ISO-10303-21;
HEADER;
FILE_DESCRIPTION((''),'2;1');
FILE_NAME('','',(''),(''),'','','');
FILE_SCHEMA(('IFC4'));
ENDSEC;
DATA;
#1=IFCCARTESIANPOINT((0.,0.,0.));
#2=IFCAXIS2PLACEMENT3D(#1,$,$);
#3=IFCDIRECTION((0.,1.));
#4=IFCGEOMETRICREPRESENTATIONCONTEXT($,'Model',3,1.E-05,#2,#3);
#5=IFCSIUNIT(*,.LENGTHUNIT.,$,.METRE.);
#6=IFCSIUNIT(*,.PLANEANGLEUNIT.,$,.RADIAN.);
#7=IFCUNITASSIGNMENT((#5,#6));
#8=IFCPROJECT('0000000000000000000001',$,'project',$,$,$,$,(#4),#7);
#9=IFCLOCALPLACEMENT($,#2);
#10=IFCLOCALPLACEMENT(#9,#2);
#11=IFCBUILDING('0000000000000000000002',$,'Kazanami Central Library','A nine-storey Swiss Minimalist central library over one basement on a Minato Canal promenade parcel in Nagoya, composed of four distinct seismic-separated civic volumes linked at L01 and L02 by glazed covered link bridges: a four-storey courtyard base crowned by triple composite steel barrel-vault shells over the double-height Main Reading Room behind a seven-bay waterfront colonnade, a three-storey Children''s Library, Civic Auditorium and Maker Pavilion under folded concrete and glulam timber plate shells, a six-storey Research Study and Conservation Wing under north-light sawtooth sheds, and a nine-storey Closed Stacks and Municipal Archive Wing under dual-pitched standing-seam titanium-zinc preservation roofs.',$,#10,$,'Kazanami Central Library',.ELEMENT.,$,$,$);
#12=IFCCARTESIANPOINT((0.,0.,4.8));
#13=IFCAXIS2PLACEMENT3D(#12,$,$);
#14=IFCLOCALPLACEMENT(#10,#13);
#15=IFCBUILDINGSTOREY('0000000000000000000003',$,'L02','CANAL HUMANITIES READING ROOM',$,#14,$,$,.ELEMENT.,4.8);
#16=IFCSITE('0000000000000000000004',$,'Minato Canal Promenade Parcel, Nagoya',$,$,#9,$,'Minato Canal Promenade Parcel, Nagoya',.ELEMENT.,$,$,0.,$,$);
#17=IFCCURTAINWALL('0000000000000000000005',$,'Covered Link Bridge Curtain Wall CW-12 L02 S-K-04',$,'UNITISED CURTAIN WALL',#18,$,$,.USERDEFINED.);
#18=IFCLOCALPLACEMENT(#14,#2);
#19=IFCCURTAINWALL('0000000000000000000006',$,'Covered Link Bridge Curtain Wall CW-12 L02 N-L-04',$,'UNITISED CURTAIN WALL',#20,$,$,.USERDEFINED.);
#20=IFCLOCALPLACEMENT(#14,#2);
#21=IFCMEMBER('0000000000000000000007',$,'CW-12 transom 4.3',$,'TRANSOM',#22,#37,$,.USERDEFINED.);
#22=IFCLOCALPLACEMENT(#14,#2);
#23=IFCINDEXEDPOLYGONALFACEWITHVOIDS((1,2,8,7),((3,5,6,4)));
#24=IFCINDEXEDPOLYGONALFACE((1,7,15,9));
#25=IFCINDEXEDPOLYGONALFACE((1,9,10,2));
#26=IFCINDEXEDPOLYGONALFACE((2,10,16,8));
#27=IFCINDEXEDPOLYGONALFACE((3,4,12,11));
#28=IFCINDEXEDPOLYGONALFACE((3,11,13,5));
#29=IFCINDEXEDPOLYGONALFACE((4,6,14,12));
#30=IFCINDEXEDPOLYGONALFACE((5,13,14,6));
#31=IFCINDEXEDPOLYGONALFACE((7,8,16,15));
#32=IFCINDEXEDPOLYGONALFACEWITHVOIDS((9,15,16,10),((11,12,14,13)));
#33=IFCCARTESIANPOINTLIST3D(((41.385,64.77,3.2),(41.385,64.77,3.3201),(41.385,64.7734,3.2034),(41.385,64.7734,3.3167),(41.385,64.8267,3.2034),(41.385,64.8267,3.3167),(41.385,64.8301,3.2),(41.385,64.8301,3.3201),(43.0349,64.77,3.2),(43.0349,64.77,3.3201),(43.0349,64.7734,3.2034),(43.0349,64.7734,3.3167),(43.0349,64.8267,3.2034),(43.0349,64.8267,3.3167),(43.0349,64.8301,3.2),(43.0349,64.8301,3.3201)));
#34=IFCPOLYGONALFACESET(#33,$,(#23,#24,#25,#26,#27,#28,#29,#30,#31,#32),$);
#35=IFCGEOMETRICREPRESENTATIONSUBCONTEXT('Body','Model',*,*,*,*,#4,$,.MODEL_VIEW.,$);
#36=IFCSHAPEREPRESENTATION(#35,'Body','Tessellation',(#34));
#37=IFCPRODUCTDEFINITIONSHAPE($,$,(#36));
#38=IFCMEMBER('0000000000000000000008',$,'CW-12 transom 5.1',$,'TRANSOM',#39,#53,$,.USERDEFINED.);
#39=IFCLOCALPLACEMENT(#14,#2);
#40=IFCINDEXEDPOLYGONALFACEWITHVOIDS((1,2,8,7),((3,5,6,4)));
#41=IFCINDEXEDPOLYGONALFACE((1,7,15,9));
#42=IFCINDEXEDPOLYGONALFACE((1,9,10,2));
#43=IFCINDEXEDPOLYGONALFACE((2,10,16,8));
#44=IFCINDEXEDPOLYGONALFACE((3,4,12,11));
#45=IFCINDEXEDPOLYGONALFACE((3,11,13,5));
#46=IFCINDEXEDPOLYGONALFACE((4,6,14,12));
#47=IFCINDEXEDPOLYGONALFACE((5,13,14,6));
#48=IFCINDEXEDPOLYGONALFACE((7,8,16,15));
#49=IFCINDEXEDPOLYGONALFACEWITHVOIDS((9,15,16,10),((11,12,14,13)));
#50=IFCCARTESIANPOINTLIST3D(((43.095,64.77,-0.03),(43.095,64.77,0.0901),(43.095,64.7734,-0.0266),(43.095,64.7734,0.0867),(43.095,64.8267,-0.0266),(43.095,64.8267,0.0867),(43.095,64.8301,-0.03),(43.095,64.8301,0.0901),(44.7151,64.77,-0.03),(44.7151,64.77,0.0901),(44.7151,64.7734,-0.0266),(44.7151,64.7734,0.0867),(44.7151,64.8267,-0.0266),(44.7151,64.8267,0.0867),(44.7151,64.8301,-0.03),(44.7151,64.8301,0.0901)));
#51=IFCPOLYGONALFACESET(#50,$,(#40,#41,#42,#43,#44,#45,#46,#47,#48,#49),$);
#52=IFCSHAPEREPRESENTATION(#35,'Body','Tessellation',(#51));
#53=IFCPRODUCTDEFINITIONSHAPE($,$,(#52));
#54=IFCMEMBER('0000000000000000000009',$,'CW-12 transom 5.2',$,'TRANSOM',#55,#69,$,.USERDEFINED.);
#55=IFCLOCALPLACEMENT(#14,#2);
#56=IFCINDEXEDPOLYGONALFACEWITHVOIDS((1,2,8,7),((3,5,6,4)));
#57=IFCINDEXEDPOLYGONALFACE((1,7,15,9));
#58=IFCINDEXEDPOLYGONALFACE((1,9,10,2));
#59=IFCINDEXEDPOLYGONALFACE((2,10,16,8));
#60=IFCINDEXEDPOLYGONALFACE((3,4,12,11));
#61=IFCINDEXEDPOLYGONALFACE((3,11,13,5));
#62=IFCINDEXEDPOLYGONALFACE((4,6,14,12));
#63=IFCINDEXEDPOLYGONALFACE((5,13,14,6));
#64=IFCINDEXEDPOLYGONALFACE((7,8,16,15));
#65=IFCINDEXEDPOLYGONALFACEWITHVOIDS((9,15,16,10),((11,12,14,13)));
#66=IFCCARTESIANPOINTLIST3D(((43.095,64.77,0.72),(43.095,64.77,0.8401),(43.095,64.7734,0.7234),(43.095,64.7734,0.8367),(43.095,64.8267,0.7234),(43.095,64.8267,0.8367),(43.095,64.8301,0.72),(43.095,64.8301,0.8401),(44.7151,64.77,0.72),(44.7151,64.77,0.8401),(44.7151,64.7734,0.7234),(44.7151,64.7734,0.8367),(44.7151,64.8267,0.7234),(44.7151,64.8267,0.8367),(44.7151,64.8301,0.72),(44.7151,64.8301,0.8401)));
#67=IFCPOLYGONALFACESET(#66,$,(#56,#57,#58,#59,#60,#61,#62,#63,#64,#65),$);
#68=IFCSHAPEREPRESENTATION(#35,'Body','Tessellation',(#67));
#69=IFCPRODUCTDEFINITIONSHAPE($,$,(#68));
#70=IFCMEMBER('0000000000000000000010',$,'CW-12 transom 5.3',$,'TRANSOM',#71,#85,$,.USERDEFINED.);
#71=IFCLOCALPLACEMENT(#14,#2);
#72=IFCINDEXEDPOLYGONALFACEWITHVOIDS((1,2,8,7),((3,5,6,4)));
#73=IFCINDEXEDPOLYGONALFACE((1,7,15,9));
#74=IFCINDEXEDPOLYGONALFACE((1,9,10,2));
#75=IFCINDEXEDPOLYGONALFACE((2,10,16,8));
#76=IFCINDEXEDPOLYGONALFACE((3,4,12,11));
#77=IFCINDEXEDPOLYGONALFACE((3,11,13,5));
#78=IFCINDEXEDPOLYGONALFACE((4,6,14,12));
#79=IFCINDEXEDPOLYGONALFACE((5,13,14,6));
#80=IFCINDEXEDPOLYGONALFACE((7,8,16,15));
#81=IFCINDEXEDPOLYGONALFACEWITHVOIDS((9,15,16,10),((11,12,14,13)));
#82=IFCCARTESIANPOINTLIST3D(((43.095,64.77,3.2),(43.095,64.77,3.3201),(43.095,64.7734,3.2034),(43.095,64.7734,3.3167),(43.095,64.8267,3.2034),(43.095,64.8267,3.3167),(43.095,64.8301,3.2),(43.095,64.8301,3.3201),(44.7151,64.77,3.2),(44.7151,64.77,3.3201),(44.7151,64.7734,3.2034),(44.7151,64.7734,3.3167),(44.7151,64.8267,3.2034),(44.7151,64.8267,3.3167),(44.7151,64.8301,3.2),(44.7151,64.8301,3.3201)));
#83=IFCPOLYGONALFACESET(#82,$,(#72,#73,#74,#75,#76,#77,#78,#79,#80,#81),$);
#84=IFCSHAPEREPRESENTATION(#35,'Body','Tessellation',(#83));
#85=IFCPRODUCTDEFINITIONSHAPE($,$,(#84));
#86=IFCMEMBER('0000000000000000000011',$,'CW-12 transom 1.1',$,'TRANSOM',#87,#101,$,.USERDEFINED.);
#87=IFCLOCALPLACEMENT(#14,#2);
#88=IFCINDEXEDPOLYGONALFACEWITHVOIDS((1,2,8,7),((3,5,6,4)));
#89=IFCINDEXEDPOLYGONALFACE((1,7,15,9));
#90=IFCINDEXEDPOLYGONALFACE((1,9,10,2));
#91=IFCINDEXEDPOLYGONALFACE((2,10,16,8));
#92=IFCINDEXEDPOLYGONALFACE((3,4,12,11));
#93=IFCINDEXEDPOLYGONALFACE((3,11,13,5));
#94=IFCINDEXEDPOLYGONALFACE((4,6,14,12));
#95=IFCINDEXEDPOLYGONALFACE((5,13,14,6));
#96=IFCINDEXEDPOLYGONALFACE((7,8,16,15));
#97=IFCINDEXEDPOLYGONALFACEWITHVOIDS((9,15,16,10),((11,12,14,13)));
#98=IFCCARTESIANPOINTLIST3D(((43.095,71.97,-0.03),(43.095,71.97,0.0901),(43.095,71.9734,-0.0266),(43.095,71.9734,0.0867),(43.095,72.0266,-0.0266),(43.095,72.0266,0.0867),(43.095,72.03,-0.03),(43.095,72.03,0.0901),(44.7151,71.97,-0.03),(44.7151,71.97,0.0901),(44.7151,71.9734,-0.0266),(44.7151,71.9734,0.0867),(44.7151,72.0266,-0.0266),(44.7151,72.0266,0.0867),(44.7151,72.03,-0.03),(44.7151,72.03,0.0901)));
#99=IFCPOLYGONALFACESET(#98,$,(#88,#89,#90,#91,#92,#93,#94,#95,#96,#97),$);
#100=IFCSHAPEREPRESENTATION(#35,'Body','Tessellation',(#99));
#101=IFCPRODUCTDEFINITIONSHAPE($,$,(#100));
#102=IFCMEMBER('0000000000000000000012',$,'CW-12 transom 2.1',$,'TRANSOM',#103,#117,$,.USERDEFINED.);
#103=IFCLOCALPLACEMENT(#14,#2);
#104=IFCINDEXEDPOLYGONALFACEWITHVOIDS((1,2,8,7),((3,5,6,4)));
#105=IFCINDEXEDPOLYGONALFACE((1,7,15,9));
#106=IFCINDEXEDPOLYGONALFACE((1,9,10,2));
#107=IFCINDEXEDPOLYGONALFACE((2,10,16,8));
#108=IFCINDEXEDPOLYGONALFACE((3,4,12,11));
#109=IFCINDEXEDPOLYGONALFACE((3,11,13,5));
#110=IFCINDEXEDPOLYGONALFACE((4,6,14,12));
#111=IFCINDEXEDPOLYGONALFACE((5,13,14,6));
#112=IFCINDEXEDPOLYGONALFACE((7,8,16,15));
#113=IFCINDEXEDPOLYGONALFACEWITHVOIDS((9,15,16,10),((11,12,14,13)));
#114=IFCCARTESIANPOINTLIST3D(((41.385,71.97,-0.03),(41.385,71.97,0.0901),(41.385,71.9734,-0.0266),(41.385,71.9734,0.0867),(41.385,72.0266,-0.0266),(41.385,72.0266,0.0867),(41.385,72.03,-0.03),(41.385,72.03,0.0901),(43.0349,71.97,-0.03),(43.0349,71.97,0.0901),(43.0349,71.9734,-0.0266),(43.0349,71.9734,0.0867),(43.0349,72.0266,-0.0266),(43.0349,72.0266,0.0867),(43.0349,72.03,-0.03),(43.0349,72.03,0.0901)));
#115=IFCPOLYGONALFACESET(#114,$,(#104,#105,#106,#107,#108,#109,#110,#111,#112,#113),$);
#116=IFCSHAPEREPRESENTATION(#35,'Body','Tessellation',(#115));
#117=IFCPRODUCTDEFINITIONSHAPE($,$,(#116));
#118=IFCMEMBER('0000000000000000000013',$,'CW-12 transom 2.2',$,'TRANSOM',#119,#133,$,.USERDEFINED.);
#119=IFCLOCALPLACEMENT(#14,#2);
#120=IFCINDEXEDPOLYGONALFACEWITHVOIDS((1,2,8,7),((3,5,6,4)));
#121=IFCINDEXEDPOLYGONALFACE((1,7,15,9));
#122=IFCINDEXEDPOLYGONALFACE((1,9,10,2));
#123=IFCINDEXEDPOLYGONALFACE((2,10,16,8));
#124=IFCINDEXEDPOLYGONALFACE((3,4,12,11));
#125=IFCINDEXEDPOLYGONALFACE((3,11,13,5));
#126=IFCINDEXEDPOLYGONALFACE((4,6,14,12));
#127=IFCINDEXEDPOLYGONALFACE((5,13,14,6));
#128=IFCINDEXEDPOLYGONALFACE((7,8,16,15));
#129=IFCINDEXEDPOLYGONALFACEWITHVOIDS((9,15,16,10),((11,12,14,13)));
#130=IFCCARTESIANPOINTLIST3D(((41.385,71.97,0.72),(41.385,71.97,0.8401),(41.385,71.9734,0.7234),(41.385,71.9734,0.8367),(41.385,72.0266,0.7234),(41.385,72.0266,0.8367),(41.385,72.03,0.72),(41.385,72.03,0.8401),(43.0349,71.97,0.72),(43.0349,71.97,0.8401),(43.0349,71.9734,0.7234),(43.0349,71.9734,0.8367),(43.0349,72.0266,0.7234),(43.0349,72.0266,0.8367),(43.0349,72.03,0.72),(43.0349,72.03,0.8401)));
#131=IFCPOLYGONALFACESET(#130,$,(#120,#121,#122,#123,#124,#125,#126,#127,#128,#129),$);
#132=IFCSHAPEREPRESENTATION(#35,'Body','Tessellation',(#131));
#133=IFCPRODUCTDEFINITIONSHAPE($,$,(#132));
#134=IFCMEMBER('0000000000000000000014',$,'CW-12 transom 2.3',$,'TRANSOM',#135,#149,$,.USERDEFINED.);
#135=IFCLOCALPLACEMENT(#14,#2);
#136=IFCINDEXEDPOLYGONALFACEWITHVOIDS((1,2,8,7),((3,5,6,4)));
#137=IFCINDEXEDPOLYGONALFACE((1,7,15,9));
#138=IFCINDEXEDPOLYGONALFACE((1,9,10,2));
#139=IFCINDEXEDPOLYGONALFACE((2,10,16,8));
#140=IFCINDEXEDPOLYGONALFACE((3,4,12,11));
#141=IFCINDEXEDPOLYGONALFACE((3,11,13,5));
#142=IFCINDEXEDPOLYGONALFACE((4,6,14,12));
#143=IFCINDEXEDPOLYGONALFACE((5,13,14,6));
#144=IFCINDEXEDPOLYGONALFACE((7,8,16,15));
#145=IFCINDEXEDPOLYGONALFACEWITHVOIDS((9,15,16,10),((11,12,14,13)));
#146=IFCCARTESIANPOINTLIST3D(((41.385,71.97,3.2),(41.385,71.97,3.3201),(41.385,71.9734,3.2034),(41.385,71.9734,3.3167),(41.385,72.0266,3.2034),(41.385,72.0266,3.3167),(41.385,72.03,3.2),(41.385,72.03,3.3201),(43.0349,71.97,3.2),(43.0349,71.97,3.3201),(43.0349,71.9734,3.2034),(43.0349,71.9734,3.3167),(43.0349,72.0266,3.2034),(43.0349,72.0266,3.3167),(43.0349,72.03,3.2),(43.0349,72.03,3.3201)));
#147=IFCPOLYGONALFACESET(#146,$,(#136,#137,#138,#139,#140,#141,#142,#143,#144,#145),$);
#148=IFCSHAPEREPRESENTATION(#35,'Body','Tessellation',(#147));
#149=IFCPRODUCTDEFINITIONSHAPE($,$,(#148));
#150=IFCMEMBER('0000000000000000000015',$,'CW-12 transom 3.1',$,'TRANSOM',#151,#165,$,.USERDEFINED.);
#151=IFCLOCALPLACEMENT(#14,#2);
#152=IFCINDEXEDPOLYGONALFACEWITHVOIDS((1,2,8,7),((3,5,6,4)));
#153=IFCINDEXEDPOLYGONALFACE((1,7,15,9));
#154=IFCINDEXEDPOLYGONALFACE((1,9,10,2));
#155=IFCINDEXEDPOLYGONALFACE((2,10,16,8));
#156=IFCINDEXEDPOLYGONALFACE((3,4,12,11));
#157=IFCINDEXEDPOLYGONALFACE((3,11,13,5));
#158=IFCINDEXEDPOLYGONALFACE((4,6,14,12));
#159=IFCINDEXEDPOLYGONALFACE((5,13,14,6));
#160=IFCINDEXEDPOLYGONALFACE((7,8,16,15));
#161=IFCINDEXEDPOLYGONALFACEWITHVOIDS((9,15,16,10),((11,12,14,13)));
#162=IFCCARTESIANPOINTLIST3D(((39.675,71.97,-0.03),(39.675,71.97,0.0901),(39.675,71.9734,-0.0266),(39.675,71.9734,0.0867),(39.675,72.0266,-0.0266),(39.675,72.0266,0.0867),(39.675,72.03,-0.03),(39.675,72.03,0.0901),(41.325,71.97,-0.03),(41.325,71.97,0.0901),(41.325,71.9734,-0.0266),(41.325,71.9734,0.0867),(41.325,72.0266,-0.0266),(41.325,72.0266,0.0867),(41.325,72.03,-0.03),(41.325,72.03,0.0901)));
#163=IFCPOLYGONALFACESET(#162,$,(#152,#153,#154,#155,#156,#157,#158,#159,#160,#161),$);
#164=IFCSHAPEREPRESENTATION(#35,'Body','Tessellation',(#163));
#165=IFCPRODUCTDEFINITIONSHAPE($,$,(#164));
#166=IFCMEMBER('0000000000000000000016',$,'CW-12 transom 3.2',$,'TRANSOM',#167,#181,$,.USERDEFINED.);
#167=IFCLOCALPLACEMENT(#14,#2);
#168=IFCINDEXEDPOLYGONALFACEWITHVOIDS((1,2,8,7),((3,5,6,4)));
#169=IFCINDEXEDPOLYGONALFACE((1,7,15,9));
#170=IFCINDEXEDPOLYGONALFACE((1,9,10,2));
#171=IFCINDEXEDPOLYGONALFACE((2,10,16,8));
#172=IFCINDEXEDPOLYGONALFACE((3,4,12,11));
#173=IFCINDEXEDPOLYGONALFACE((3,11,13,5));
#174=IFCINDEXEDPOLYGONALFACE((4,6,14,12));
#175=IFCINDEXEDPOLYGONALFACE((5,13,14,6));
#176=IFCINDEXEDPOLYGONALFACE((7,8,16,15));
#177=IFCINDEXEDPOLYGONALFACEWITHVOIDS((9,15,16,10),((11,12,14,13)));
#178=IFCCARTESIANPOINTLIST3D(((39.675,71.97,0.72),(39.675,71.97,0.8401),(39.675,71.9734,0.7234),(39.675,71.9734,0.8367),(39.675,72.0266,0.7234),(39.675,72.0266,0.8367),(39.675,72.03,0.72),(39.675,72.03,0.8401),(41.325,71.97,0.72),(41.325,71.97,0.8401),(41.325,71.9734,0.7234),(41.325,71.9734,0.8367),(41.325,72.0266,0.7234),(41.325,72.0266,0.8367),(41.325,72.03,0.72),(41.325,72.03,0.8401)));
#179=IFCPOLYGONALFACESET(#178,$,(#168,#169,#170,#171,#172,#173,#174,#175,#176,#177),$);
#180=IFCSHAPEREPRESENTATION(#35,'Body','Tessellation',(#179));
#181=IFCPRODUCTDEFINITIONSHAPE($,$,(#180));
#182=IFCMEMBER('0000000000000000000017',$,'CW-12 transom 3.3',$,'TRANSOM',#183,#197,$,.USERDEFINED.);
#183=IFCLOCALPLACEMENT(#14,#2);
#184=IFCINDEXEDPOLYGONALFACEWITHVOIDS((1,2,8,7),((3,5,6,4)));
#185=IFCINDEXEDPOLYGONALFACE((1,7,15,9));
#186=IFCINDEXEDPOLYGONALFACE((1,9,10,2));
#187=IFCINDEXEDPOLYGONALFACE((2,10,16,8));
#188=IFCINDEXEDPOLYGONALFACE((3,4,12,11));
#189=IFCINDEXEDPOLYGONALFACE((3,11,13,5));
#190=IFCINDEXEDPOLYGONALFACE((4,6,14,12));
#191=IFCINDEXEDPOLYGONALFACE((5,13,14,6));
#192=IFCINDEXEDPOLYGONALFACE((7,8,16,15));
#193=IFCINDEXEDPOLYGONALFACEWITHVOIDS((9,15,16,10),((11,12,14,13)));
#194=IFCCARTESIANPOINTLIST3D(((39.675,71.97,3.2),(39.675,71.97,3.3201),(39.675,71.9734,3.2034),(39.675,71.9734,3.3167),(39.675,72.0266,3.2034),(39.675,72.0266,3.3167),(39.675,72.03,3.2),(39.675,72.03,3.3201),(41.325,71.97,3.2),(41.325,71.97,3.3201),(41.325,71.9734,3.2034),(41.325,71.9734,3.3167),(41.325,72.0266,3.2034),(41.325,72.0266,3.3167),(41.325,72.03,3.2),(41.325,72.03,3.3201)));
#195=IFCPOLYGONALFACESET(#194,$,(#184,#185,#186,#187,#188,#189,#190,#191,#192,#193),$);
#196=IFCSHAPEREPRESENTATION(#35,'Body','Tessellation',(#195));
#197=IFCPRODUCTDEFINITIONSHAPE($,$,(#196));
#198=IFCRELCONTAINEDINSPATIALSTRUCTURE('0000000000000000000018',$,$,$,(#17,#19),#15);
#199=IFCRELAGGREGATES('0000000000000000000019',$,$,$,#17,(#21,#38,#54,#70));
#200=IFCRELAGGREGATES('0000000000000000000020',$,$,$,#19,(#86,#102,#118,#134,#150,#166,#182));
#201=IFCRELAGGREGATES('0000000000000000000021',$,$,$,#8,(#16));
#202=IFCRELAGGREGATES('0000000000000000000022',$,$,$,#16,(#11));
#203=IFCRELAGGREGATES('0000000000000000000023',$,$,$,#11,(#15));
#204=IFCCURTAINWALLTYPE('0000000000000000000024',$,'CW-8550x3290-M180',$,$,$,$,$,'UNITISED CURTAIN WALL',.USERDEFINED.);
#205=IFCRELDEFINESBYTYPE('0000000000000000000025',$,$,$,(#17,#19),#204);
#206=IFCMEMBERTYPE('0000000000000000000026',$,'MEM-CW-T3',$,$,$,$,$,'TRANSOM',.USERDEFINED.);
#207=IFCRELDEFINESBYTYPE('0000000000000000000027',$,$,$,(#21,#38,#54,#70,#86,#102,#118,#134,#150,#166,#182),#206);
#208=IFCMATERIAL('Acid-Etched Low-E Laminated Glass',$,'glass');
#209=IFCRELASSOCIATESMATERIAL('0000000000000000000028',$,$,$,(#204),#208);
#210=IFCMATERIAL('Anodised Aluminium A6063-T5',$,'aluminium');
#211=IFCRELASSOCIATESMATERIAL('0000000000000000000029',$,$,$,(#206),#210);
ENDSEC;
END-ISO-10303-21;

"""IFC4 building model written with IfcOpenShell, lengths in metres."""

from ifc_helpers import new_model, si_unit, direction, frame, origin, origin_2d, place, context, subcontext, project, spatial, hollow_rectangle, extrude, material, material_profile, profile_set, type_object, element, aggregate, save


model = new_model("IFC4")

# Units and contexts
model_context = context("Model", 3, precision=1e-05, world=origin(), true_north=direction((0.0, 1.0)))
body_context = subcontext(model_context, "Body", "Model", "MODEL_VIEW")
ifc_project = project(units=[si_unit("LENGTHUNIT", "METRE"), si_unit("PLANEANGLEUNIT", "RADIAN")], contexts=[model_context])

# Site, building, storey
site_placement = place(None, origin())
site = spatial("IfcSite", under=ifc_project, at=site_placement, Name="Minato Canal Promenade Parcel, Nagoya", LongName="Minato Canal Promenade Parcel, Nagoya", CompositionType="ELEMENT", RefElevation=0.0)
building_placement = place(site_placement, origin())
building = spatial("IfcBuilding", under=site, at=building_placement, Name="Kazanami Central Library", Description="A nine-storey Swiss Minimalist central library over one basement on a Minato Canal promenade parcel in Nagoya, composed of four distinct seismic-separated civic volumes linked at L01 and L02 by glazed covered link bridges: a four-storey courtyard base crowned by triple composite steel barrel-vault shells over the double-height Main Reading Room behind a seven-bay waterfront colonnade, a three-storey Children's Library, Civic Auditorium and Maker Pavilion under folded concrete and glulam timber plate shells, a six-storey Research Study and Conservation Wing under north-light sawtooth sheds, and a nine-storey Closed Stacks and Municipal Archive Wing under dual-pitched standing-seam titanium-zinc preservation roofs.", LongName="Kazanami Central Library", CompositionType="ELEMENT")
storey_placement = place(building_placement, frame((0.0, 0.0, 4.8)))
storey = spatial("IfcBuildingStorey", under=building, at=storey_placement, Name="L02", Description="CANAL HUMANITIES READING ROOM", CompositionType="ELEMENT", Elevation=4.8)

# Curtain walls
ifc_material_1 = material(Name="Acid-Etched Low-E Laminated Glass", Category="glass")
curtain_wall_type = type_object("IfcCurtainWallType", Name="CW-8550x3290-M180", ElementType="UNITISED CURTAIN WALL", PredefinedType="USERDEFINED", material=ifc_material_1)
curtain_wall_1_placement = place(storey_placement, origin())
curtain_wall_1 = element("IfcCurtainWall", 1, at=curtain_wall_1_placement, inside=storey, type_object=curtain_wall_type, Name="Covered Link Bridge Curtain Wall CW-12 L02 S-K-04", ObjectType="UNITISED CURTAIN WALL", PredefinedType="USERDEFINED")
ifc_material_2 = material(Name="Anodised Aluminium A6063-T5", Category="aluminium")
curtain_wall_2_placement = place(storey_placement, origin())
curtain_wall_2 = element("IfcCurtainWall", 2, at=curtain_wall_2_placement, inside=storey, type_object=curtain_wall_type, Name="Covered Link Bridge Curtain Wall CW-12 L02 N-L-04", ObjectType="UNITISED CURTAIN WALL", PredefinedType="USERDEFINED")

# Members
ifc_material_profile_1 = material_profile(ifc_material_2, hollow_rectangle(XDim=0.0601, YDim=0.1201, WallThickness=0.0034, at=origin_2d()), Name="ALU-TRAN-60x120x3.5")
ifc_profile_set_1 = profile_set([ifc_material_profile_1], Name="Anodised Aluminium A6063-T5")
member_type_1 = type_object("IfcMemberType", Name="MEM-CW-T3", ElementType="TRANSOM", PredefinedType="USERDEFINED", material=ifc_profile_set_1)
member_1_placement = place(storey_placement, frame((41.385, 64.8, 3.26), z_axis=(1.0, 0.0, 0.0), x_axis=(0.0, 1.0, 0.0)))
member_1 = element("IfcMember", 3, at=member_1_placement, type_object=member_type_1, Name="CW-12 transom 4.3", ObjectType="TRANSOM", PredefinedType="USERDEFINED", context=body_context, shape_type="SweptSolid", body=[
    extrude(hollow_rectangle(XDim=0.0601, YDim=0.1201, WallThickness=0.0034, at=origin_2d()), origin(), (0.0, 0.0, 1.0), 1.6499),
])
member_2_placement = place(storey_placement, frame((43.095, 64.8, 0.03), z_axis=(1.0, 0.0, 0.0), x_axis=(0.0, 1.0, 0.0)))
member_2 = element("IfcMember", 4, at=member_2_placement, type_object=member_type_1, Name="CW-12 transom 5.1", ObjectType="TRANSOM", PredefinedType="USERDEFINED", context=body_context, shape_type="SweptSolid", body=[
    extrude(hollow_rectangle(XDim=0.0601, YDim=0.1201, WallThickness=0.0034, at=origin_2d()), origin(), (0.0, 0.0, 1.0), 1.6201),
])
member_3_placement = place(storey_placement, frame((43.095, 64.8, 0.78), z_axis=(1.0, 0.0, 0.0), x_axis=(0.0, 1.0, 0.0)))
member_3 = element("IfcMember", 5, at=member_3_placement, type_object=member_type_1, Name="CW-12 transom 5.2", ObjectType="TRANSOM", PredefinedType="USERDEFINED", context=body_context, shape_type="SweptSolid", body=[
    extrude(hollow_rectangle(XDim=0.0601, YDim=0.1201, WallThickness=0.0034, at=origin_2d()), origin(), (0.0, 0.0, 1.0), 1.6201),
])
member_4_placement = place(storey_placement, frame((43.095, 64.8, 3.26), z_axis=(1.0, 0.0, 0.0), x_axis=(0.0, 1.0, 0.0)))
member_4 = element("IfcMember", 6, at=member_4_placement, type_object=member_type_1, Name="CW-12 transom 5.3", ObjectType="TRANSOM", PredefinedType="USERDEFINED", context=body_context, shape_type="SweptSolid", body=[
    extrude(hollow_rectangle(XDim=0.0601, YDim=0.1201, WallThickness=0.0034, at=origin_2d()), origin(), (0.0, 0.0, 1.0), 1.6201),
])
member_5_placement = place(storey_placement, frame((44.7151, 72.0, 0.03), z_axis=(-1.0, 0.0, 0.0), x_axis=(0.0, -1.0, 0.0)))
member_5 = element("IfcMember", 7, at=member_5_placement, type_object=member_type_1, Name="CW-12 transom 1.1", ObjectType="TRANSOM", PredefinedType="USERDEFINED", context=body_context, shape_type="SweptSolid", body=[
    extrude(hollow_rectangle(XDim=0.0601, YDim=0.1201, WallThickness=0.0034, at=origin_2d()), origin(), (0.0, 0.0, 1.0), 1.6201),
])
member_6_placement = place(storey_placement, frame((43.0349, 72.0, 0.03), z_axis=(-1.0, 0.0, 0.0), x_axis=(0.0, -1.0, 0.0)))
member_6 = element("IfcMember", 8, at=member_6_placement, type_object=member_type_1, Name="CW-12 transom 2.1", ObjectType="TRANSOM", PredefinedType="USERDEFINED", context=body_context, shape_type="SweptSolid", body=[
    extrude(hollow_rectangle(XDim=0.0601, YDim=0.1201, WallThickness=0.0034, at=origin_2d()), origin(), (0.0, 0.0, 1.0), 1.6499),
])
member_7_placement = place(storey_placement, frame((43.0349, 72.0, 0.78), z_axis=(-1.0, 0.0, 0.0), x_axis=(0.0, -1.0, 0.0)))
member_7 = element("IfcMember", 9, at=member_7_placement, type_object=member_type_1, Name="CW-12 transom 2.2", ObjectType="TRANSOM", PredefinedType="USERDEFINED", context=body_context, shape_type="SweptSolid", body=[
    extrude(hollow_rectangle(XDim=0.0601, YDim=0.1201, WallThickness=0.0034, at=origin_2d()), origin(), (0.0, 0.0, 1.0), 1.6499),
])
member_8_placement = place(storey_placement, frame((43.0349, 72.0, 3.26), z_axis=(-1.0, 0.0, 0.0), x_axis=(0.0, -1.0, 0.0)))
member_8 = element("IfcMember", 10, at=member_8_placement, type_object=member_type_1, Name="CW-12 transom 2.3", ObjectType="TRANSOM", PredefinedType="USERDEFINED", context=body_context, shape_type="SweptSolid", body=[
    extrude(hollow_rectangle(XDim=0.0601, YDim=0.1201, WallThickness=0.0034, at=origin_2d()), origin(), (0.0, 0.0, 1.0), 1.6499),
])
member_9_placement = place(storey_placement, frame((41.325, 72.0, 0.03), z_axis=(-1.0, 0.0, 0.0), x_axis=(0.0, -1.0, 0.0)))
member_9 = element("IfcMember", 11, at=member_9_placement, type_object=member_type_1, Name="CW-12 transom 3.1", ObjectType="TRANSOM", PredefinedType="USERDEFINED", context=body_context, shape_type="SweptSolid", body=[
    extrude(hollow_rectangle(XDim=0.0601, YDim=0.1201, WallThickness=0.0034, at=origin_2d()), origin(), (0.0, 0.0, 1.0), 1.6499),
])
member_10_placement = place(storey_placement, frame((41.325, 72.0, 0.78), z_axis=(-1.0, 0.0, 0.0), x_axis=(0.0, -1.0, 0.0)))
member_10 = element("IfcMember", 12, at=member_10_placement, type_object=member_type_1, Name="CW-12 transom 3.2", ObjectType="TRANSOM", PredefinedType="USERDEFINED", context=body_context, shape_type="SweptSolid", body=[
    extrude(hollow_rectangle(XDim=0.0601, YDim=0.1201, WallThickness=0.0034, at=origin_2d()), origin(), (0.0, 0.0, 1.0), 1.6499),
])
member_11_placement = place(storey_placement, frame((41.325, 72.0, 3.26), z_axis=(-1.0, 0.0, 0.0), x_axis=(0.0, -1.0, 0.0)))
member_11 = element("IfcMember", 13, at=member_11_placement, type_object=member_type_1, Name="CW-12 transom 3.3", ObjectType="TRANSOM", PredefinedType="USERDEFINED", context=body_context, shape_type="SweptSolid", body=[
    extrude(hollow_rectangle(XDim=0.0601, YDim=0.1201, WallThickness=0.0034, at=origin_2d()), origin(), (0.0, 0.0, 1.0), 1.6499),
])

aggregate(curtain_wall_1, [member_1, member_2, member_3, member_4])
aggregate(curtain_wall_2, [member_5, member_6, member_7, member_8, member_9, member_10, member_11])

save(model, "model.ifc")
